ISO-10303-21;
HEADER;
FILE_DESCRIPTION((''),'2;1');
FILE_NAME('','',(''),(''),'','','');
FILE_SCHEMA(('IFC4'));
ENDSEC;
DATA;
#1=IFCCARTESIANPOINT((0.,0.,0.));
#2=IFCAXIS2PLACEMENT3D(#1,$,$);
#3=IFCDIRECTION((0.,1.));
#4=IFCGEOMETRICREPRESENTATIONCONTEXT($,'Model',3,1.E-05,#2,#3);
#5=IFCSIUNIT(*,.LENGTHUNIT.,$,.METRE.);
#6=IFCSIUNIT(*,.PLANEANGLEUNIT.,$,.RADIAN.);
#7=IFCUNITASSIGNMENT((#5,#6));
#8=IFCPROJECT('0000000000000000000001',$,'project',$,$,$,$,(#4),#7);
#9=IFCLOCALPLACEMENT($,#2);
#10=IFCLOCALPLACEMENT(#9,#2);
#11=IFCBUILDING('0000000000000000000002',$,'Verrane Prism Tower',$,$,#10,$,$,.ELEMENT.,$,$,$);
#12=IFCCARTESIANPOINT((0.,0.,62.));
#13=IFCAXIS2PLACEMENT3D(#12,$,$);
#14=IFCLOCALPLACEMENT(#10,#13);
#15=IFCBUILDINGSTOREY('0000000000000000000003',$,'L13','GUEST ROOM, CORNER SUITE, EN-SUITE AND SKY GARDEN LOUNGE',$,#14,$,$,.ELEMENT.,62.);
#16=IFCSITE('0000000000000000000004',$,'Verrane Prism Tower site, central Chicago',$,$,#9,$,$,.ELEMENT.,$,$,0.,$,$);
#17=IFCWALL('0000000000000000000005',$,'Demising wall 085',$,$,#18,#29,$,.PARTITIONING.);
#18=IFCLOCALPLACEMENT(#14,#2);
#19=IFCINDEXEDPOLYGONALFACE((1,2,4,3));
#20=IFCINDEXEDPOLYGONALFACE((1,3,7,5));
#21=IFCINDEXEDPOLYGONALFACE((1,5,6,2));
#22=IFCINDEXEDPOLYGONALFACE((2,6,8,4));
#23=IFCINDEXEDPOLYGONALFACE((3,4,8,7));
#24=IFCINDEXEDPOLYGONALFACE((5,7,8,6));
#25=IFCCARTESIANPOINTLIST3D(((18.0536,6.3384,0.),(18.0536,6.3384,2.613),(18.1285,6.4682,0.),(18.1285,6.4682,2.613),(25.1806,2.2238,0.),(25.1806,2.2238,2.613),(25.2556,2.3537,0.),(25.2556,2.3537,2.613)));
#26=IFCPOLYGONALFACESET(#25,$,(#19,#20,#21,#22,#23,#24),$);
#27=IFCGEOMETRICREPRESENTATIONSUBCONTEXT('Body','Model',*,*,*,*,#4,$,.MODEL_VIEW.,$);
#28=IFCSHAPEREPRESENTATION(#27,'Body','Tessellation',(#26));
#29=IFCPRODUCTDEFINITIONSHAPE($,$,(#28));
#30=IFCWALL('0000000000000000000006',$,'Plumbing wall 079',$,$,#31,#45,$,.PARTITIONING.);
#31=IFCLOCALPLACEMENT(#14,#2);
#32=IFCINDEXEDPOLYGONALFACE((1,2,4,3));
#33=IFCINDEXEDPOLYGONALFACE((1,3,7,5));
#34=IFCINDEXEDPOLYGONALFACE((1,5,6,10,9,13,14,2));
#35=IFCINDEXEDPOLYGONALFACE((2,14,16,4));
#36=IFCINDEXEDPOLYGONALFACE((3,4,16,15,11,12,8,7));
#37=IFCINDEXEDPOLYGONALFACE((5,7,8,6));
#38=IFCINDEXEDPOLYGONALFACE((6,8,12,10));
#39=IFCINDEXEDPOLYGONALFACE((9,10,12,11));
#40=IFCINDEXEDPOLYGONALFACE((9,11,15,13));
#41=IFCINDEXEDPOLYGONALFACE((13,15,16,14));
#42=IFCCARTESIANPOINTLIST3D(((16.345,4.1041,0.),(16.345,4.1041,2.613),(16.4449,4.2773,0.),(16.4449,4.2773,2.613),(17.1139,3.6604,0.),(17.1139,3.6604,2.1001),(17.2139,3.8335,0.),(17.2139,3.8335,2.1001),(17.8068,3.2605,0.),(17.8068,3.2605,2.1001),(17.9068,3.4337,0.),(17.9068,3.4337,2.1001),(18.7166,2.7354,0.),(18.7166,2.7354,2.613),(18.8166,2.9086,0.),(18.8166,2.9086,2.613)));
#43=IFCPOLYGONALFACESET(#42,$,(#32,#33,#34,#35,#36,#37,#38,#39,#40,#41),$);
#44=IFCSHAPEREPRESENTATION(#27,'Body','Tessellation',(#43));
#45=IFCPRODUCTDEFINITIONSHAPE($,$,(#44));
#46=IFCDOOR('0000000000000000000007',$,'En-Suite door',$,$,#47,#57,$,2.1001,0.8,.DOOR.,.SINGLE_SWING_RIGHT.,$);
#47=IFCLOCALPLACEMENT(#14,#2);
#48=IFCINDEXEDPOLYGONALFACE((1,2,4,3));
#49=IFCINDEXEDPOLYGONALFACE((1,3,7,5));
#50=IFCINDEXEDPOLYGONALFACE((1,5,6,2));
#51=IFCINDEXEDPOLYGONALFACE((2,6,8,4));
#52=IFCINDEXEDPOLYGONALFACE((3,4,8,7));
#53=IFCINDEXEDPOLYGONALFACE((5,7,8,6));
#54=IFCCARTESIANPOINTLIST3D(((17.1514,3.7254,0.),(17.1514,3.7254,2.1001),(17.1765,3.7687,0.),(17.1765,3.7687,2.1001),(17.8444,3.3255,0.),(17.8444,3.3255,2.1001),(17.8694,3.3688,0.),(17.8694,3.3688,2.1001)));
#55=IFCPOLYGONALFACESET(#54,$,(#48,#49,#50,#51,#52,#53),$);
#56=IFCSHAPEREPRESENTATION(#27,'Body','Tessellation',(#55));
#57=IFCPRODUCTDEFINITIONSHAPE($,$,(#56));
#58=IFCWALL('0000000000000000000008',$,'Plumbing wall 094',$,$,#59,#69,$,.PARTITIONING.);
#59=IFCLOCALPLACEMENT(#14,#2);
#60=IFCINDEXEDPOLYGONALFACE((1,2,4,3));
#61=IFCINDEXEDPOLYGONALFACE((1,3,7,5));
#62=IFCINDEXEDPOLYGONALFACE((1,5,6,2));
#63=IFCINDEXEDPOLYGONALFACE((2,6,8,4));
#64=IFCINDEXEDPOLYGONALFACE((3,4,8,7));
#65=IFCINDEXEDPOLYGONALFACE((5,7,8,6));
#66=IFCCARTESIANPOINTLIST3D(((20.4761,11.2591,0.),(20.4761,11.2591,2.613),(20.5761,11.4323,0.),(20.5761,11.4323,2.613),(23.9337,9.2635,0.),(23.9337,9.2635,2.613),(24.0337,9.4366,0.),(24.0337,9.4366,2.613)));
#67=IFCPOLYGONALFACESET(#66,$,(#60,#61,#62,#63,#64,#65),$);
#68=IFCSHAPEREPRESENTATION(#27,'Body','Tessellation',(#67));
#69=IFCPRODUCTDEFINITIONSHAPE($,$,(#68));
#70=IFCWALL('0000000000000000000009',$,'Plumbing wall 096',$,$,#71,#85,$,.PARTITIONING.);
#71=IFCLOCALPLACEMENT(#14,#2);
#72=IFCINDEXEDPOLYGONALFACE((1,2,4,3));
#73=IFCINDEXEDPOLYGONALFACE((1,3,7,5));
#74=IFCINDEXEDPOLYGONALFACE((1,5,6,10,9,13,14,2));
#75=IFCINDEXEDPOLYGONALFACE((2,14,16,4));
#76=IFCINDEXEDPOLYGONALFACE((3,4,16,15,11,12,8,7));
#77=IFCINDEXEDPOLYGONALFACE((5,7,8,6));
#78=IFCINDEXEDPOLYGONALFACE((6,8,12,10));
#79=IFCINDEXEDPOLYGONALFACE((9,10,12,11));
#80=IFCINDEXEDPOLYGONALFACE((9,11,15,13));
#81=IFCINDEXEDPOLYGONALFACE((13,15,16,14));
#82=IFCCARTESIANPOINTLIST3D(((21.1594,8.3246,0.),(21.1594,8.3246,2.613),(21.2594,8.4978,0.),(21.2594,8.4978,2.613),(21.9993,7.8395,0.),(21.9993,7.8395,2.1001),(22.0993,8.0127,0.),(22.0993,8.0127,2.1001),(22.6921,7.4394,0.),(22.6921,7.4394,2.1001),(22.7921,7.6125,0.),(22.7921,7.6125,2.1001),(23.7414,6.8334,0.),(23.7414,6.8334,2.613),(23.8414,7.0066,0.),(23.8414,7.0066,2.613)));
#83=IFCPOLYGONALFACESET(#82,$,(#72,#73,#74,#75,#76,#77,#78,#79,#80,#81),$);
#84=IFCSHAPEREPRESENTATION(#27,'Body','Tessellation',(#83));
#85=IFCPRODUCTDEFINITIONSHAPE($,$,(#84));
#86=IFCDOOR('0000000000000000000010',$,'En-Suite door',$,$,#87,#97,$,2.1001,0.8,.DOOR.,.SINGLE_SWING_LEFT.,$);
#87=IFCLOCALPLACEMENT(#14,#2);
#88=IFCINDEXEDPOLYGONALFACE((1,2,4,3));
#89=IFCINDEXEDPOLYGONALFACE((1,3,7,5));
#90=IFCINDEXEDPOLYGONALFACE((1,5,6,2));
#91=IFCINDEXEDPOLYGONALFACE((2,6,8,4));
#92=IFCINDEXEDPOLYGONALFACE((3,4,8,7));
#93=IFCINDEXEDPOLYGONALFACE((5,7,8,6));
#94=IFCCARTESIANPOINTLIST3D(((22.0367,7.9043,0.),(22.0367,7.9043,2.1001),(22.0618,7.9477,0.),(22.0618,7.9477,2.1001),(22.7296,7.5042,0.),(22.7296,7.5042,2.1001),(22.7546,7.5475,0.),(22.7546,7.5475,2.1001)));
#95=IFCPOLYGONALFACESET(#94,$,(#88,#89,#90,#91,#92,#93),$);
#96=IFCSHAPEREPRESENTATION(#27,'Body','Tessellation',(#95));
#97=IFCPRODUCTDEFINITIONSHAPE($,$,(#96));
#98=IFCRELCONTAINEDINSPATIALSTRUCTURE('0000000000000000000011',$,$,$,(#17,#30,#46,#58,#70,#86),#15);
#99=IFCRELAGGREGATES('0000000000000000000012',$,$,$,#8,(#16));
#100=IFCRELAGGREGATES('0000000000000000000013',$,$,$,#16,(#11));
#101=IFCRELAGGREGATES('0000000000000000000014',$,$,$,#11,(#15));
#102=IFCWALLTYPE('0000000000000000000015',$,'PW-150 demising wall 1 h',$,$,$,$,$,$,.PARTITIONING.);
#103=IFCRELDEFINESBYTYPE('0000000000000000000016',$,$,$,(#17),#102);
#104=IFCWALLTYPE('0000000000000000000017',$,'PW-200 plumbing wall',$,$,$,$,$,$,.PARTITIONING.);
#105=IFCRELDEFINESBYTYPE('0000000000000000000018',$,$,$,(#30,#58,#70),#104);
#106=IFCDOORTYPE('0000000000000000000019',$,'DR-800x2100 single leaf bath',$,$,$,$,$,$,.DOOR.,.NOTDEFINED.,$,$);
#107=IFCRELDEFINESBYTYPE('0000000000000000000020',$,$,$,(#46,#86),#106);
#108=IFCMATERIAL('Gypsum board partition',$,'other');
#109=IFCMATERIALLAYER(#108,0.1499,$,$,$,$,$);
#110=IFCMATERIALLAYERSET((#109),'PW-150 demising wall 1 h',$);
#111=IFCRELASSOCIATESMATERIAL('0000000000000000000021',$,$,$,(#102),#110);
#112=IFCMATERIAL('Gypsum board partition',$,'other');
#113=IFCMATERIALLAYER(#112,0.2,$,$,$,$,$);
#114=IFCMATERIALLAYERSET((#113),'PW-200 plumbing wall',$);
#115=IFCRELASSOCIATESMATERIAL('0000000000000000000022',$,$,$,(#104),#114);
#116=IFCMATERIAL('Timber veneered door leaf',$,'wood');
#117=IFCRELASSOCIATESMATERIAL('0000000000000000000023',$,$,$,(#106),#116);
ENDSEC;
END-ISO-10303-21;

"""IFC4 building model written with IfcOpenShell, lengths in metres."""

from ifc_helpers import new_model, si_unit, direction, frame, frame_2d, origin, place, context, subcontext, project, spatial, rectangle, extrude, material, layer, layer_set, type_object, element, fill, save


model = new_model("IFC4")

# Units and contexts
model_context = context("Model", 3, precision=1e-05, world=origin(), true_north=direction((0.0, 1.0)))
body_context = subcontext(model_context, "Body", "Model", "MODEL_VIEW")
ifc_project = project(units=[si_unit("LENGTHUNIT", "METRE"), si_unit("PLANEANGLEUNIT", "RADIAN")], contexts=[model_context])

# Site, building, storey
site_placement = place(None, origin())
site = spatial("IfcSite", under=ifc_project, at=site_placement, Name="Verrane Prism Tower site, central Chicago", CompositionType="ELEMENT", RefElevation=0.0)
building_placement = place(site_placement, origin())
building = spatial("IfcBuilding", under=site, at=building_placement, Name="Verrane Prism Tower", CompositionType="ELEMENT")
storey_placement = place(building_placement, frame((0.0, 0.0, 62.0)))
storey = spatial("IfcBuildingStorey", under=building, at=storey_placement, Name="L13", Description="GUEST ROOM, CORNER SUITE, EN-SUITE AND SKY GARDEN LOUNGE", CompositionType="ELEMENT", Elevation=62.0)

# Wall
ifc_material_1 = material(Name="Gypsum board partition", Category="other")
ifc_layer_1 = layer(ifc_material_1, 0.1499)
ifc_layer_set_1 = layer_set([ifc_layer_1], Name="PW-150 demising wall 1 h")
wall_type_1 = type_object("IfcWallType", Name="PW-150 demising wall 1 h", PredefinedType="PARTITIONING", material=ifc_layer_set_1)
wall_1_placement = place(storey_placement, frame((18.0911, 6.4033, 0.0), z_axis=(0.0, 0.0, 1.0), x_axis=(0.866038, -0.499978, 0.0)))
element("IfcWall", 1, at=wall_1_placement, inside=storey, type_object=wall_type_1, Name="Demising wall 085", PredefinedType="PARTITIONING", context=body_context, shape_type="SweptSolid", body=[
    extrude(rectangle(XDim=8.2295, YDim=0.1499, at=frame_2d((4.1147, 0.0))), origin(), (0.0, 0.0, 1.0), 2.613),
])

# Wall, opening, door
ifc_material_2 = material(Name="Gypsum board partition", Category="other")
ifc_layer_2 = layer(ifc_material_2, 0.2)
ifc_layer_set_2 = layer_set([ifc_layer_2], Name="PW-200 plumbing wall")
wall_type_2 = type_object("IfcWallType", Name="PW-200 plumbing wall", PredefinedType="PARTITIONING", material=ifc_layer_set_2)
wall_2_placement = place(storey_placement, frame((18.7666, 2.822, 0.0), z_axis=(0.0, 0.0, 1.0), x_axis=(-0.866117, 0.499841, 0.0)))
wall_2 = element("IfcWall", 2, at=wall_2_placement, inside=storey, type_object=wall_type_2, Name="Plumbing wall 079", PredefinedType="PARTITIONING", context=body_context, shape_type="SweptSolid", body=[
    extrude(rectangle(XDim=2.7383, YDim=0.2, at=frame_2d((1.3691, 0.0))), origin(), (0.0, 0.0, 1.0), 2.613),
])
opening_1_placement = place(wall_2_placement, frame((1.0505, 0.0, 0.0)))
opening_1 = element("IfcOpeningElement", 3, at=opening_1_placement, cuts=wall_2, PredefinedType="OPENING", context=body_context, shape_type="SweptSolid", body=[
    extrude(rectangle(XDim=0.8, YDim=2.1001, at=frame_2d((0.3999, 1.05))), frame((0.0, 0.1099, 0.0), z_axis=(0.0, -1.0, 0.0), x_axis=(1.0, 0.0, 0.0)), (0.0, 0.0, 1.0), 0.22),
])
ifc_material_3 = material(Name="Timber veneered door leaf", Category="wood")
door_type_1 = type_object("IfcDoorType", Name="DR-800x2100 single leaf bath", OperationType="NOTDEFINED", PredefinedType="DOOR", material=ifc_material_3)
door_1_placement = place(opening_1_placement, origin())
door_1 = element("IfcDoor", 4, at=door_1_placement, inside=storey, type_object=door_type_1, Name="En-Suite door", OperationType="SINGLE_SWING_RIGHT", OverallHeight=2.1001, OverallWidth=0.8, PredefinedType="DOOR", context=body_context, shape_type="SweptSolid", body=[
    extrude(rectangle(XDim=0.8, YDim=2.1001, at=frame_2d((0.3999, 1.05))), frame((0.0, 0.0249, 0.0), z_axis=(0.0, -1.0, 0.0), x_axis=(1.0, 0.0, 0.0)), (0.0, 0.0, 1.0), 0.05),
])
fill(opening_1, door_1)

# Wall
wall_3_placement = place(storey_placement, frame((20.5261, 11.3457, 0.0), z_axis=(0.0, 0.0, 1.0), x_axis=(0.86609, -0.499888, 0.0)))
element("IfcWall", 5, at=wall_3_placement, inside=storey, type_object=wall_type_2, Name="Plumbing wall 094", PredefinedType="PARTITIONING", context=body_context, shape_type="SweptSolid", body=[
    extrude(rectangle(XDim=3.9922, YDim=0.2, at=frame_2d((1.9961, 0.0))), origin(), (0.0, 0.0, 1.0), 2.613),
])

# Wall, opening, door
wall_4_placement = place(storey_placement, frame((21.2095, 8.4111, 0.0), z_axis=(0.0, 0.0, 1.0), x_axis=(0.865956, -0.500119, 0.0)))
wall_4 = element("IfcWall", 6, at=wall_4_placement, inside=storey, type_object=wall_type_2, Name="Plumbing wall 096", PredefinedType="PARTITIONING", context=body_context, shape_type="SweptSolid", body=[
    extrude(rectangle(XDim=2.9817, YDim=0.2, at=frame_2d((1.4907, 0.0))), origin(), (0.0, 0.0, 1.0), 2.613),
])
opening_2_placement = place(wall_4_placement, frame((0.97, 0.0, 0.0)))
opening_2 = element("IfcOpeningElement", 7, at=opening_2_placement, cuts=wall_4, PredefinedType="OPENING", context=body_context, shape_type="SweptSolid", body=[
    extrude(rectangle(XDim=0.8, YDim=2.1001, at=frame_2d((0.3999, 1.05))), frame((0.0, 0.1099, 0.0), z_axis=(0.0, -1.0, 0.0), x_axis=(1.0, 0.0, 0.0)), (0.0, 0.0, 1.0), 0.22),
])
door_2_placement = place(opening_2_placement, origin())
door_2 = element("IfcDoor", 8, at=door_2_placement, inside=storey, type_object=door_type_1, Name="En-Suite door", OperationType="SINGLE_SWING_LEFT", OverallHeight=2.1001, OverallWidth=0.8, PredefinedType="DOOR", context=body_context, shape_type="SweptSolid", body=[
    extrude(rectangle(XDim=0.8, YDim=2.1001, at=frame_2d((0.3999, 1.05))), frame((0.0, 0.0249, 0.0), z_axis=(0.0, -1.0, 0.0), x_axis=(1.0, 0.0, 0.0)), (0.0, 0.0, 1.0), 0.05),
])
fill(opening_2, door_2)

save(model, "model.ifc")
